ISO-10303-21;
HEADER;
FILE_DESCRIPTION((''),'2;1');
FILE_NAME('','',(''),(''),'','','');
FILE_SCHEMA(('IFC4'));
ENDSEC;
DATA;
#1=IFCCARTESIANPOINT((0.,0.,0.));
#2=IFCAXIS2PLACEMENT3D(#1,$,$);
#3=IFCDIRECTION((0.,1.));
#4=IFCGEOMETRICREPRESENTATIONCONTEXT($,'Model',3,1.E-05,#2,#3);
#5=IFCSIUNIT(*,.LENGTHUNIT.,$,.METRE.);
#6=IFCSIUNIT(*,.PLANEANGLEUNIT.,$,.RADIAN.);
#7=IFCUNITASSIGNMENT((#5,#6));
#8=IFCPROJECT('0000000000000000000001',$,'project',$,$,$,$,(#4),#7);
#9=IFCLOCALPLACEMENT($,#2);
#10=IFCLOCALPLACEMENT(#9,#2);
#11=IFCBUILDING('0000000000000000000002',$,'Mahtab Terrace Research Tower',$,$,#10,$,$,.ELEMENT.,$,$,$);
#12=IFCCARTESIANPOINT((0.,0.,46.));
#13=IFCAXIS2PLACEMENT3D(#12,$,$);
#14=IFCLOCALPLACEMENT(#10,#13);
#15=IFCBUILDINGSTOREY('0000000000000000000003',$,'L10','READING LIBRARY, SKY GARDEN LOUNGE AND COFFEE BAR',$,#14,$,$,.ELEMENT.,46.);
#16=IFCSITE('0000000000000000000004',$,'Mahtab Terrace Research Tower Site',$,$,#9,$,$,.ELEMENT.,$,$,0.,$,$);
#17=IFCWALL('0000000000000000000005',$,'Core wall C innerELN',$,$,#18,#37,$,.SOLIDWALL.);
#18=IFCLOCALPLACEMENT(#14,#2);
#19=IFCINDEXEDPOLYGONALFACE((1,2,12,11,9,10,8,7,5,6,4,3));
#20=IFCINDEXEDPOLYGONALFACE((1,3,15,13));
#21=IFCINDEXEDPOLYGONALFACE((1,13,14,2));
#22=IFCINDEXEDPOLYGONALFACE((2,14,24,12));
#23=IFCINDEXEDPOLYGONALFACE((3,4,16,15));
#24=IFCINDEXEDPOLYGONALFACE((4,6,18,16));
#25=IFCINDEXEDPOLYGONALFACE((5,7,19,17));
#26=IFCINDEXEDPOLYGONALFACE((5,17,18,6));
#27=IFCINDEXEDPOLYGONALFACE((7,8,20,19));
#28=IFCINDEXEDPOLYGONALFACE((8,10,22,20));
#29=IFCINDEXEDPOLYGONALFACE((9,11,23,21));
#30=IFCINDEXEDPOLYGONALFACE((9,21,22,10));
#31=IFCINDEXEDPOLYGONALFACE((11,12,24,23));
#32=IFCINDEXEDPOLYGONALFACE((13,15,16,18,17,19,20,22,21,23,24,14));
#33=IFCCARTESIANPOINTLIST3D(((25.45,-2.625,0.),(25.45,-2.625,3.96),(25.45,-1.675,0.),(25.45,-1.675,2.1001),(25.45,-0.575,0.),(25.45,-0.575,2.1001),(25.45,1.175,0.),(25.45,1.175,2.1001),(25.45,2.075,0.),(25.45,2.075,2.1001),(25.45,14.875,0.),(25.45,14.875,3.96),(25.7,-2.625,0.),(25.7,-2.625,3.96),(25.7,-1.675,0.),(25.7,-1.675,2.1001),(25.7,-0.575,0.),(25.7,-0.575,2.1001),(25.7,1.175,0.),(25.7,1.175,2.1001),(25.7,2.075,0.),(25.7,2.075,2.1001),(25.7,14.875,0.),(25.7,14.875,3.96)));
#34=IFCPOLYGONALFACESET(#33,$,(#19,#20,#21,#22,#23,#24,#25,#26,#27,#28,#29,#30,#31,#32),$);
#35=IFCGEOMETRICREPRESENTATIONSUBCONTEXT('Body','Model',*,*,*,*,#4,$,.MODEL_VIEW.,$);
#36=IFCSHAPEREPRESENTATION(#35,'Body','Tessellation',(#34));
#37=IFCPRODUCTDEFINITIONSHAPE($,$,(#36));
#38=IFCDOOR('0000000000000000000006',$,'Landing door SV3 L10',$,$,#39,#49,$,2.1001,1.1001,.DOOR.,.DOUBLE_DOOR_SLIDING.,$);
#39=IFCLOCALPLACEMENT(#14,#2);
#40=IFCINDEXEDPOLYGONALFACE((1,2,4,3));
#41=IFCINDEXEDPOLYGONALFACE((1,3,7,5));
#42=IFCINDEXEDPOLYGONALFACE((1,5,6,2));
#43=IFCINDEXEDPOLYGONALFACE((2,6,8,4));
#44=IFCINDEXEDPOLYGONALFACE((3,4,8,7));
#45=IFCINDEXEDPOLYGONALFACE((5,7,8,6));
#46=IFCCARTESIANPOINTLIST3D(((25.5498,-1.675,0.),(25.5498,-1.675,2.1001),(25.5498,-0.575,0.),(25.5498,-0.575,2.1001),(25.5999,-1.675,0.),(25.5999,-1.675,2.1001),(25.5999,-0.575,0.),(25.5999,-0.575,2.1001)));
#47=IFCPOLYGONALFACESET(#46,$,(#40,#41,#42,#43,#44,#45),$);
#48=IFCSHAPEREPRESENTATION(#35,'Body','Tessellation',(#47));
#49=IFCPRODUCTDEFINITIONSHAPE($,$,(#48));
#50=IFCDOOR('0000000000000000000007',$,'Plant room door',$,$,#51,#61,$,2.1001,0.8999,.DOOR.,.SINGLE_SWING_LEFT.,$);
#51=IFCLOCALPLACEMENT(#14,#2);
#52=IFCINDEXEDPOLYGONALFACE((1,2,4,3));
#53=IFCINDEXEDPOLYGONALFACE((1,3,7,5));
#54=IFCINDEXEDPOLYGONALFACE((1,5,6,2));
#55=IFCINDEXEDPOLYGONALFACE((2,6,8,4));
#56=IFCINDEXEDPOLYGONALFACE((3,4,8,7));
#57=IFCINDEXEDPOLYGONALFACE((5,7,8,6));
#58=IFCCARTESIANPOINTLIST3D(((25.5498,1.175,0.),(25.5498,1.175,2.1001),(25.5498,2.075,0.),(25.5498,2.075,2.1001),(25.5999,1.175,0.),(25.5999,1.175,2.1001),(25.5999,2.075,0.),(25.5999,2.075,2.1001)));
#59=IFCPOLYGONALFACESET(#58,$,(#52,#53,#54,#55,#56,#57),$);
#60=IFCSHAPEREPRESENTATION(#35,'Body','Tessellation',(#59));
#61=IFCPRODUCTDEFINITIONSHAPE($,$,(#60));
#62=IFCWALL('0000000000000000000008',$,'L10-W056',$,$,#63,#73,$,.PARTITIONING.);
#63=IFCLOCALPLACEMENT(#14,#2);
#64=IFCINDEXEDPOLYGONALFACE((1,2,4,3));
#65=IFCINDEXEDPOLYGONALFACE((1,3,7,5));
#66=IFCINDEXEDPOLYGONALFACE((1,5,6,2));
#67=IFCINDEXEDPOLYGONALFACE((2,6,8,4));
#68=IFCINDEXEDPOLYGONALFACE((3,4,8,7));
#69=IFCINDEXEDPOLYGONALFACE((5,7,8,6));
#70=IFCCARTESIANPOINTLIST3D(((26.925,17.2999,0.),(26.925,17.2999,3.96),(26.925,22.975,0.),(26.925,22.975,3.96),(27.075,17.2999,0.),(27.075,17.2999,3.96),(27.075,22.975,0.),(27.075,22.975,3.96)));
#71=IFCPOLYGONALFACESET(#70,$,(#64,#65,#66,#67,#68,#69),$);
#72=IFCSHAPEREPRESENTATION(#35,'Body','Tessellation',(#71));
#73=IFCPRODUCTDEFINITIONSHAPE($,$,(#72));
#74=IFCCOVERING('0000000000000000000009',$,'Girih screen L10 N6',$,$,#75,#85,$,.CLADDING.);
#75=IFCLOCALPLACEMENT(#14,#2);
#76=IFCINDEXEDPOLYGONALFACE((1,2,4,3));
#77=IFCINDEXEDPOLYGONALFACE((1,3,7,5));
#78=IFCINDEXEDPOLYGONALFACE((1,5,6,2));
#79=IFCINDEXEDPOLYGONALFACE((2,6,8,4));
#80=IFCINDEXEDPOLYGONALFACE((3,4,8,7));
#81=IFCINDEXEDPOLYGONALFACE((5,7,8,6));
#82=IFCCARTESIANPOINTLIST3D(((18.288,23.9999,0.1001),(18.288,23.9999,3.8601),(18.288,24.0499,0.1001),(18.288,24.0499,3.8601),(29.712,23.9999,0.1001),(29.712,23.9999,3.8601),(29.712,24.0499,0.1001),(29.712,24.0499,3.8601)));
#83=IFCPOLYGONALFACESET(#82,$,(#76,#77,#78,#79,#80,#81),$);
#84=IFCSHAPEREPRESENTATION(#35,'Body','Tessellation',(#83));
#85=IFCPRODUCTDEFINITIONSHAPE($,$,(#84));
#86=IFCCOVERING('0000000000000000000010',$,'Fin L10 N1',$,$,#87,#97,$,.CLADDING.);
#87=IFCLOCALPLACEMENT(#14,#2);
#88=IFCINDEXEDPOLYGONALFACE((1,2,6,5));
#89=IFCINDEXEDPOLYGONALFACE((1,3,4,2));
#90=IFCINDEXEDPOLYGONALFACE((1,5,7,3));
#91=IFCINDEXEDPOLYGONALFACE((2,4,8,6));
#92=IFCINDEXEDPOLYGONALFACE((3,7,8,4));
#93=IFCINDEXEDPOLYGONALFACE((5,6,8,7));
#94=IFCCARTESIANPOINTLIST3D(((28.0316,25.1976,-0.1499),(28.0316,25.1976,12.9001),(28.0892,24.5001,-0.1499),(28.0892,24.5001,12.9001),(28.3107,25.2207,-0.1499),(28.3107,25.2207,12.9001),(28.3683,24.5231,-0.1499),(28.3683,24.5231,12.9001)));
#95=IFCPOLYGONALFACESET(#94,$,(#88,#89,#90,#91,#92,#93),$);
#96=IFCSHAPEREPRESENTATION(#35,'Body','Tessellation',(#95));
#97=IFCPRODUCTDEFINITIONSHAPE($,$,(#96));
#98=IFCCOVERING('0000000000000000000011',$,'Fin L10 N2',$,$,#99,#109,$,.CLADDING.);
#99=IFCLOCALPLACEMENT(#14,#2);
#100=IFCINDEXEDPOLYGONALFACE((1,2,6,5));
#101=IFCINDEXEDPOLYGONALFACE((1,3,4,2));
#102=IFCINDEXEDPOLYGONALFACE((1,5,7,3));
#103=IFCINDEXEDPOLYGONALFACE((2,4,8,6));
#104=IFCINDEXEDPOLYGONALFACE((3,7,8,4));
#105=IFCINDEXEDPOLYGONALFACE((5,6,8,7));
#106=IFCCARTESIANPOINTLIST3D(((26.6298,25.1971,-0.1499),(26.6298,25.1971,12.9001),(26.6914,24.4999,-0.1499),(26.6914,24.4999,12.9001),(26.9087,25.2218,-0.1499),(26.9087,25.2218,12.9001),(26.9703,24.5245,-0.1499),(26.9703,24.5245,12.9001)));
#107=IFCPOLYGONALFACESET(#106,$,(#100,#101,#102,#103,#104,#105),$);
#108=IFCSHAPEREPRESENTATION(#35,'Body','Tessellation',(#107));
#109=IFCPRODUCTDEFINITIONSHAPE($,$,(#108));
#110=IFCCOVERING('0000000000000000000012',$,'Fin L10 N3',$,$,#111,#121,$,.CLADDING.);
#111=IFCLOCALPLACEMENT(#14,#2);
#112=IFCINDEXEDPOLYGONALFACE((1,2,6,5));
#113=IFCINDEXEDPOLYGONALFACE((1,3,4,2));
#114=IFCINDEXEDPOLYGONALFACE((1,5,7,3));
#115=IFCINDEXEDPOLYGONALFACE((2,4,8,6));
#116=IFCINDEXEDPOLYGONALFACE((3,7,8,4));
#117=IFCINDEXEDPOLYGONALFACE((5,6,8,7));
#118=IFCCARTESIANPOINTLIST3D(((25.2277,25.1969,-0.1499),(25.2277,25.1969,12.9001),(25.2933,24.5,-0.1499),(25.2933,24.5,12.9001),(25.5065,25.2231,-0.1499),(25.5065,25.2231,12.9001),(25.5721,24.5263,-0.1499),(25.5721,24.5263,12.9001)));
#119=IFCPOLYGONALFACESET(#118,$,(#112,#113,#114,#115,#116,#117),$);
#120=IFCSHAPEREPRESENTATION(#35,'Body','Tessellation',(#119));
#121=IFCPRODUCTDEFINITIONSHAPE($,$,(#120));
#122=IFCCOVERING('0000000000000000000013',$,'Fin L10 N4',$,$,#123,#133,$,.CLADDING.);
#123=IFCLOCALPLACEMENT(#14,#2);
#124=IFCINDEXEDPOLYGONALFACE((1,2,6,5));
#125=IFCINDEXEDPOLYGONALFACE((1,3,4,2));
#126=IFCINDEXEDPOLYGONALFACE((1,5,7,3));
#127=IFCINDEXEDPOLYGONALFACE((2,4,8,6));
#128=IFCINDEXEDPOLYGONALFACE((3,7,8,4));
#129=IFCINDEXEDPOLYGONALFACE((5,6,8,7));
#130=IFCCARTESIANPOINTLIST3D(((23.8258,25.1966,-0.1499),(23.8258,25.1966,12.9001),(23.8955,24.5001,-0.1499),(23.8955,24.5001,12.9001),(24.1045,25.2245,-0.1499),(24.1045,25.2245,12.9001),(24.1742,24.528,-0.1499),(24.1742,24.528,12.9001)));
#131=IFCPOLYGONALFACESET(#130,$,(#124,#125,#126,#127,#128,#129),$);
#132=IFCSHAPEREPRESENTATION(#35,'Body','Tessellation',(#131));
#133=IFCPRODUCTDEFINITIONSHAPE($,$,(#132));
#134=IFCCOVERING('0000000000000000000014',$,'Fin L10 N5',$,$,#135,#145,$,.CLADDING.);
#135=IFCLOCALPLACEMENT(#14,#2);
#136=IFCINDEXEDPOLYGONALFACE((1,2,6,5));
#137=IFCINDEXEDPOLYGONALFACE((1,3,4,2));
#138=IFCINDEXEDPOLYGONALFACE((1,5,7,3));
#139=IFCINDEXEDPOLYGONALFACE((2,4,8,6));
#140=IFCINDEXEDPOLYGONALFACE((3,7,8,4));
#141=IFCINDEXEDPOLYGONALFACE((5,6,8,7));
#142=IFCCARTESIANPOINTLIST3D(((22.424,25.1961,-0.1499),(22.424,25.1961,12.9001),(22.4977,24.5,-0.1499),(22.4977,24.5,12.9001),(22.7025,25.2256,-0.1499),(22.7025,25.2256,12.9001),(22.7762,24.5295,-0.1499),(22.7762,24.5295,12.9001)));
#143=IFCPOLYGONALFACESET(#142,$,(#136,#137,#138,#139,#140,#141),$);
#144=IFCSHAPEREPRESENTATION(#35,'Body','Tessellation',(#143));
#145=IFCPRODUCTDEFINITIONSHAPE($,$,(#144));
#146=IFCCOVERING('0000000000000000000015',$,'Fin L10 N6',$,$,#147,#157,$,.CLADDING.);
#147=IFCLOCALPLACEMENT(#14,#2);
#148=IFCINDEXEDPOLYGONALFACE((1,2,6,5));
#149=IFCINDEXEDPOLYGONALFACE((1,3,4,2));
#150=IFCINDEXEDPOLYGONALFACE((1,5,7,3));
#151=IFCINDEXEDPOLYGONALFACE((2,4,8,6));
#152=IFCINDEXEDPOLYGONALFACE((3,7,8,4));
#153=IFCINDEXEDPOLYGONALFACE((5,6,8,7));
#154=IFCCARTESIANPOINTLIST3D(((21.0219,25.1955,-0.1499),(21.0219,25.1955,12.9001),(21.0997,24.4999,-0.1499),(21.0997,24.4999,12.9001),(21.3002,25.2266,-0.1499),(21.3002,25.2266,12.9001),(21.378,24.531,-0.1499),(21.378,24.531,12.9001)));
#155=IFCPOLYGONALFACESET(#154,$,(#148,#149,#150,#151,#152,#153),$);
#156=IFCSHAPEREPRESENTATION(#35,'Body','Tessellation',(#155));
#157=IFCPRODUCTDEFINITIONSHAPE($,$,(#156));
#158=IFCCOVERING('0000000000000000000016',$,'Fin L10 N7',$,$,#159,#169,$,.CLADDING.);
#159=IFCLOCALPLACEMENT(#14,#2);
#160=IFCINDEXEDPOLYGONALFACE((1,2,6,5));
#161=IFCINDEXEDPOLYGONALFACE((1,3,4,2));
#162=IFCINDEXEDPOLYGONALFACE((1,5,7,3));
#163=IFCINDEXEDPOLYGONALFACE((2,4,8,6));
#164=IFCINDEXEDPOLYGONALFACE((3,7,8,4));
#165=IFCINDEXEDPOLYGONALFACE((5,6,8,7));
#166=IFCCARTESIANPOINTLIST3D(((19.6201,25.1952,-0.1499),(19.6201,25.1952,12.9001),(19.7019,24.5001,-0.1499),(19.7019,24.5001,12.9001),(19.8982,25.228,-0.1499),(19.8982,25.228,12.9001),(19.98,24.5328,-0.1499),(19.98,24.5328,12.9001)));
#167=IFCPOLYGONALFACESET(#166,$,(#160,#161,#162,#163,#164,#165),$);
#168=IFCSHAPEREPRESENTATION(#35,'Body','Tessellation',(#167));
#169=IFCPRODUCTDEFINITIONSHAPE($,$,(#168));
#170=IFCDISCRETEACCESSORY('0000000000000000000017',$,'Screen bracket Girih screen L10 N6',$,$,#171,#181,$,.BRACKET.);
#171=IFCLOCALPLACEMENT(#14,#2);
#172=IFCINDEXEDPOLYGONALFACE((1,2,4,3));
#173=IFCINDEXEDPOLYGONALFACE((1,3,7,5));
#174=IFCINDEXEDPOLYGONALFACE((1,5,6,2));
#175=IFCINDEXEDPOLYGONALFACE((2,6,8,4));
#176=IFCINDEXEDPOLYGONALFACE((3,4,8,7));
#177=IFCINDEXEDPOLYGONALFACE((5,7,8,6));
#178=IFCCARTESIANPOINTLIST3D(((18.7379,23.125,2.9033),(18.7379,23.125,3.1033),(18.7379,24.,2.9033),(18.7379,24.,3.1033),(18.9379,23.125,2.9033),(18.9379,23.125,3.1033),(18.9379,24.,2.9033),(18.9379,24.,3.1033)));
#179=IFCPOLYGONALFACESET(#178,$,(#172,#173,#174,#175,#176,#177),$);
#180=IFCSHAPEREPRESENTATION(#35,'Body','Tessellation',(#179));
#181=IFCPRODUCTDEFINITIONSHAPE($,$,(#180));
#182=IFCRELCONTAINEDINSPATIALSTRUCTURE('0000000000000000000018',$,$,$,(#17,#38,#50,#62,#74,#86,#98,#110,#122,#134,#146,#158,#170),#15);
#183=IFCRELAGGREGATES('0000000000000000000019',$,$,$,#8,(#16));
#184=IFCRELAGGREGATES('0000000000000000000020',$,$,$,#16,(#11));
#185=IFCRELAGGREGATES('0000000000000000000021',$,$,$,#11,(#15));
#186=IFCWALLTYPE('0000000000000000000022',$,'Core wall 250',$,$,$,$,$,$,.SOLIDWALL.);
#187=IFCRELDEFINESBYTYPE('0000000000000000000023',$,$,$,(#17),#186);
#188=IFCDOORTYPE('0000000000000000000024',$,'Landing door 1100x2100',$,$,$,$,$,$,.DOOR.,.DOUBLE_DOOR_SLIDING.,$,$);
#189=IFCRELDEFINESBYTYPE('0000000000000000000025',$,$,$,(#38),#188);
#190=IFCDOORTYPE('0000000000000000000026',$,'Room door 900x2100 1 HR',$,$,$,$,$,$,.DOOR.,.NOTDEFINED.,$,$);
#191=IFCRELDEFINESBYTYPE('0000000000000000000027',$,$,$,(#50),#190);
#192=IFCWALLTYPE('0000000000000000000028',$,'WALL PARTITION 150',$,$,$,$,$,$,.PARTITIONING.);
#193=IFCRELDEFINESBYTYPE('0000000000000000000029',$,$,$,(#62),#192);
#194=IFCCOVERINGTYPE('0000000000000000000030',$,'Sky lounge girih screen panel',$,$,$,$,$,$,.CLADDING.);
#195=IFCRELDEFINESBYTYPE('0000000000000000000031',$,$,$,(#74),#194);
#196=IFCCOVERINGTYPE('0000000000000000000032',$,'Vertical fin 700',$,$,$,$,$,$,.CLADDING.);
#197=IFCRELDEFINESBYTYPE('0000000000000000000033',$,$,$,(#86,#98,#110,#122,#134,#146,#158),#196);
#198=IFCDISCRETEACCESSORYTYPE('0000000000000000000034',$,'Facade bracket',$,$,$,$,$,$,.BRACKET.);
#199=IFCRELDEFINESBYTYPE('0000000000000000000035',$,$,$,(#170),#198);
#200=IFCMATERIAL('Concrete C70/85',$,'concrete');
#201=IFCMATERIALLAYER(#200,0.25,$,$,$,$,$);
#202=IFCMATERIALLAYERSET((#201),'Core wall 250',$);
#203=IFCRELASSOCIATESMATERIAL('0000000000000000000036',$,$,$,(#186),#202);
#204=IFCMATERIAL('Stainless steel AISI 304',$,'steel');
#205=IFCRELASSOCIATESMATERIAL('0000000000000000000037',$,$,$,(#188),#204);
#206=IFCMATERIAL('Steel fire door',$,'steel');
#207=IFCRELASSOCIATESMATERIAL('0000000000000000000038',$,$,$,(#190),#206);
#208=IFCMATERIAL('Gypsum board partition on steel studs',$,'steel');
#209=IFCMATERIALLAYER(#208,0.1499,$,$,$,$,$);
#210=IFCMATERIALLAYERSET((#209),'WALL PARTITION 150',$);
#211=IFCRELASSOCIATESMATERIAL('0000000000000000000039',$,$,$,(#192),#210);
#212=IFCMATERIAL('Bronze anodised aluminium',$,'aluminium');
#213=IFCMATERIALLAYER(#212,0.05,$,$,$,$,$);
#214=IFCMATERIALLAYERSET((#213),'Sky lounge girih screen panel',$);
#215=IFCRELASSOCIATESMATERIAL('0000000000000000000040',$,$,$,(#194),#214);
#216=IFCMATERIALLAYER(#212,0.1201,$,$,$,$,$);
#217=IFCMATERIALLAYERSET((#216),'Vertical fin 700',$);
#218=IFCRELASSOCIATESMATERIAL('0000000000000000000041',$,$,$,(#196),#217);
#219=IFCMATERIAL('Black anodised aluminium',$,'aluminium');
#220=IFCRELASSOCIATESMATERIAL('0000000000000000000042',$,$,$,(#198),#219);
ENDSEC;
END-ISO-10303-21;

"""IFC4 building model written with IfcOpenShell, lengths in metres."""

from ifc_helpers import new_model, si_unit, direction, frame, frame_2d, origin, origin_2d, place, context, subcontext, project, spatial, rectangle, extrude, material, layer, layer_set, type_object, element, fill, save


model = new_model("IFC4")

# Units and contexts
model_context = context("Model", 3, precision=1e-05, world=origin(), true_north=direction((0.0, 1.0)))
body_context = subcontext(model_context, "Body", "Model", "MODEL_VIEW")
ifc_project = project(units=[si_unit("LENGTHUNIT", "METRE"), si_unit("PLANEANGLEUNIT", "RADIAN")], contexts=[model_context])

# Site, building, storey
site_placement = place(None, origin())
site = spatial("IfcSite", under=ifc_project, at=site_placement, Name="Mahtab Terrace Research Tower Site", CompositionType="ELEMENT", RefElevation=0.0)
building_placement = place(site_placement, origin())
building = spatial("IfcBuilding", under=site, at=building_placement, Name="Mahtab Terrace Research Tower", CompositionType="ELEMENT")
storey_placement = place(building_placement, frame((0.0, 0.0, 46.0)))
storey = spatial("IfcBuildingStorey", under=building, at=storey_placement, Name="L10", Description="READING LIBRARY, SKY GARDEN LOUNGE AND COFFEE BAR", CompositionType="ELEMENT", Elevation=46.0)

# Shared definitions
ifc_material_1 = material(Name="Concrete C70/85", Category="concrete")
ifc_layer_1 = layer(ifc_material_1, 0.25)
ifc_layer_set_1 = layer_set([ifc_layer_1], Name="Core wall 250")
wall_type_1 = type_object("IfcWallType", Name="Core wall 250", PredefinedType="SOLIDWALL", material=ifc_layer_set_1)

# Shared definitions
ifc_material_2 = material(Name="Steel fire door", Category="steel")

# Wall, openings, doors
wall_1_placement = place(storey_placement, frame((25.575, 14.875, 0.0), z_axis=(0.0, 0.0, 1.0), x_axis=(0.0, -1.0, 0.0)))
wall_1 = element("IfcWall", 1, at=wall_1_placement, inside=storey, type_object=wall_type_1, Name="Core wall C innerELN", PredefinedType="SOLIDWALL", context=body_context, shape_type="SweptSolid", body=[
    extrude(rectangle(XDim=17.5, YDim=0.25, at=frame_2d((8.75, 0.0))), origin(), (0.0, 0.0, 1.0), 3.96),
])
opening_1_placement = place(wall_1_placement, frame((15.45, 0.0, 0.0)))
opening_1 = element("IfcOpeningElement", 2, at=opening_1_placement, cuts=wall_1, PredefinedType="OPENING", context=body_context, shape_type="SweptSolid", body=[
    extrude(rectangle(XDim=1.1001, YDim=2.1001, at=frame_2d((0.55, 1.05))), frame((0.0, 0.135, 0.0), z_axis=(0.0, -1.0, 0.0), x_axis=(1.0, 0.0, 0.0)), (0.0, 0.0, 1.0), 0.27),
])
opening_2_placement = place(wall_1_placement, frame((12.8, 0.0, 0.0)))
opening_2 = element("IfcOpeningElement", 3, at=opening_2_placement, cuts=wall_1, PredefinedType="OPENING", context=body_context, shape_type="SweptSolid", body=[
    extrude(rectangle(XDim=0.8999, YDim=2.1001, at=frame_2d((0.45, 1.05))), frame((0.0, 0.135, 0.0), z_axis=(0.0, -1.0, 0.0), x_axis=(1.0, 0.0, 0.0)), (0.0, 0.0, 1.0), 0.27),
])
ifc_material_3 = material(Name="Stainless steel AISI 304", Category="steel")
door_type_1 = type_object("IfcDoorType", Name="Landing door 1100x2100", OperationType="DOUBLE_DOOR_SLIDING", PredefinedType="DOOR", material=ifc_material_3)
door_1_placement = place(opening_1_placement, origin())
door_1 = element("IfcDoor", 4, at=door_1_placement, inside=storey, type_object=door_type_1, Name="Landing door SV3 L10", OperationType="DOUBLE_DOOR_SLIDING", OverallHeight=2.1001, OverallWidth=1.1001, PredefinedType="DOOR", context=body_context, shape_type="SweptSolid", body=[
    extrude(rectangle(XDim=1.1001, YDim=2.1001, at=frame_2d((0.55, 1.05))), frame((0.0, 0.0249, 0.0), z_axis=(0.0, -1.0, 0.0), x_axis=(1.0, 0.0, 0.0)), (0.0, 0.0, 1.0), 0.05),
])
fill(opening_1, door_1)
door_type_2 = type_object("IfcDoorType", Name="Room door 900x2100 1 HR", OperationType="NOTDEFINED", PredefinedType="DOOR", material=ifc_material_2)
door_2_placement = place(opening_2_placement, origin())
door_2 = element("IfcDoor", 5, at=door_2_placement, inside=storey, type_object=door_type_2, Name="Plant room door", OperationType="SINGLE_SWING_LEFT", OverallHeight=2.1001, OverallWidth=0.8999, PredefinedType="DOOR", context=body_context, shape_type="SweptSolid", body=[
    extrude(rectangle(XDim=0.8999, YDim=2.1001, at=frame_2d((0.45, 1.05))), frame((0.0, 0.0249, 0.0), z_axis=(0.0, -1.0, 0.0), x_axis=(1.0, 0.0, 0.0)), (0.0, 0.0, 1.0), 0.05),
])
fill(opening_2, door_2)

# Wall
ifc_material_4 = material(Name="Gypsum board partition on steel studs", Category="steel")
ifc_layer_2 = layer(ifc_material_4, 0.1499)
ifc_layer_set_2 = layer_set([ifc_layer_2], Name="WALL PARTITION 150")
wall_type_2 = type_object("IfcWallType", Name="WALL PARTITION 150", PredefinedType="PARTITIONING", material=ifc_layer_set_2)
wall_2_placement = place(storey_placement, frame((27.0, 17.3, 0.0), z_axis=(0.0, 0.0, 1.0), x_axis=(0.0, 1.0, 0.0)))
element("IfcWall", 6, at=wall_2_placement, inside=storey, type_object=wall_type_2, Name="L10-W056", PredefinedType="PARTITIONING", context=body_context, shape_type="SweptSolid", body=[
    extrude(rectangle(XDim=5.675, YDim=0.1499, at=frame_2d((2.8374, 0.0))), origin(), (0.0, 0.0, 1.0), 3.96),
])

# Coverings
ifc_material_5 = material(Name="Bronze anodised aluminium", Category="aluminium")
ifc_layer_3 = layer(ifc_material_5, 0.05)
ifc_layer_set_3 = layer_set([ifc_layer_3], Name="Sky lounge girih screen panel")
covering_type_1 = type_object("IfcCoveringType", Name="Sky lounge girih screen panel", PredefinedType="CLADDING", material=ifc_layer_set_3)
covering_placement = place(storey_placement, frame((24.0, 24.0249, 0.1001), z_axis=(0.0, 0.0, 1.0), x_axis=(-1.0, 0.0, 0.0)))
element("IfcCovering", 7, at=covering_placement, inside=storey, type_object=covering_type_1, Name="Girih screen L10 N6", PredefinedType="CLADDING", context=body_context, shape_type="SweptSolid", body=[
    extrude(rectangle(XDim=11.4241, YDim=0.05, at=origin_2d()), origin(), (0.0, 0.0, 1.0), 3.76),
])
ifc_layer_4 = layer(ifc_material_5, 0.1201)
ifc_layer_set_4 = layer_set([ifc_layer_4], Name="Vertical fin 700")
covering_type_2 = type_object("IfcCoveringType", Name="Vertical fin 700", PredefinedType="CLADDING", material=ifc_layer_set_4)
for number, where, z_axis, x_axis, name in (
    (8, (28.2, 24.8604, -0.1499), (0.0, 0.0, 1.0), (-0.996617, -0.082187, 0.0), "Fin L10 N1"),
    (9, (26.8, 24.8608, -0.1499), (0.0, 0.0, 1.0), (-0.996122, -0.087984, 0.0), "Fin L10 N2"),
    (10, (25.3999, 24.8616, -0.1499), (0.0, 0.0, 1.0), (-0.995593, -0.093777, 0.0), "Fin L10 N3"),
    (11, (24.0, 24.8623, -0.1499), (0.0, 0.0, 1.0), (-0.995031, -0.099568, 0.0), "Fin L10 N4"),
    (12, (22.6001, 24.8628, -0.1499), (0.0, 0.0, 1.0), (-0.994435, -0.105355, 0.0), "Fin L10 N5"),
    (13, (21.2, 24.8633, -0.1499), (0.0, 0.0, 1.0), (-0.993805, -0.111139, 0.0), "Fin L10 N6"),
    (14, (19.8, 24.864, -0.1499), (0.0, 0.0, 1.0), (-0.993142, -0.116918, 0.0), "Fin L10 N7"),
):
    element("IfcCovering", number, at=place(storey_placement, frame(where, z_axis=z_axis, x_axis=x_axis)), inside=storey, type_object=covering_type_2, Name=name, PredefinedType="CLADDING", context=body_context, shape_type="SweptSolid", body=[
        extrude(rectangle(XDim=0.28, YDim=0.7, at=origin_2d()), origin(), (0.0, 0.0, 1.0), 13.05),
    ])

# Discrete accessory
ifc_material_6 = material(Name="Black anodised aluminium", Category="aluminium")
discrete_accessory_type = type_object("IfcDiscreteAccessoryType", Name="Facade bracket", PredefinedType="BRACKET", material=ifc_material_6)
discrete_accessory_placement = place(storey_placement, frame((18.8379, 23.5625, 2.9033), z_axis=(0.0, 0.0, 1.0), x_axis=(-1.0, 0.0, 0.0)))
element("IfcDiscreteAccessory", 15, at=discrete_accessory_placement, inside=storey, type_object=discrete_accessory_type, Name="Screen bracket Girih screen L10 N6", PredefinedType="BRACKET", context=body_context, shape_type="SweptSolid", body=[
    extrude(rectangle(XDim=0.2, YDim=0.875, at=origin_2d()), origin(), (0.0, 0.0, 1.0), 0.2),
])

save(model, "model.ifc")
